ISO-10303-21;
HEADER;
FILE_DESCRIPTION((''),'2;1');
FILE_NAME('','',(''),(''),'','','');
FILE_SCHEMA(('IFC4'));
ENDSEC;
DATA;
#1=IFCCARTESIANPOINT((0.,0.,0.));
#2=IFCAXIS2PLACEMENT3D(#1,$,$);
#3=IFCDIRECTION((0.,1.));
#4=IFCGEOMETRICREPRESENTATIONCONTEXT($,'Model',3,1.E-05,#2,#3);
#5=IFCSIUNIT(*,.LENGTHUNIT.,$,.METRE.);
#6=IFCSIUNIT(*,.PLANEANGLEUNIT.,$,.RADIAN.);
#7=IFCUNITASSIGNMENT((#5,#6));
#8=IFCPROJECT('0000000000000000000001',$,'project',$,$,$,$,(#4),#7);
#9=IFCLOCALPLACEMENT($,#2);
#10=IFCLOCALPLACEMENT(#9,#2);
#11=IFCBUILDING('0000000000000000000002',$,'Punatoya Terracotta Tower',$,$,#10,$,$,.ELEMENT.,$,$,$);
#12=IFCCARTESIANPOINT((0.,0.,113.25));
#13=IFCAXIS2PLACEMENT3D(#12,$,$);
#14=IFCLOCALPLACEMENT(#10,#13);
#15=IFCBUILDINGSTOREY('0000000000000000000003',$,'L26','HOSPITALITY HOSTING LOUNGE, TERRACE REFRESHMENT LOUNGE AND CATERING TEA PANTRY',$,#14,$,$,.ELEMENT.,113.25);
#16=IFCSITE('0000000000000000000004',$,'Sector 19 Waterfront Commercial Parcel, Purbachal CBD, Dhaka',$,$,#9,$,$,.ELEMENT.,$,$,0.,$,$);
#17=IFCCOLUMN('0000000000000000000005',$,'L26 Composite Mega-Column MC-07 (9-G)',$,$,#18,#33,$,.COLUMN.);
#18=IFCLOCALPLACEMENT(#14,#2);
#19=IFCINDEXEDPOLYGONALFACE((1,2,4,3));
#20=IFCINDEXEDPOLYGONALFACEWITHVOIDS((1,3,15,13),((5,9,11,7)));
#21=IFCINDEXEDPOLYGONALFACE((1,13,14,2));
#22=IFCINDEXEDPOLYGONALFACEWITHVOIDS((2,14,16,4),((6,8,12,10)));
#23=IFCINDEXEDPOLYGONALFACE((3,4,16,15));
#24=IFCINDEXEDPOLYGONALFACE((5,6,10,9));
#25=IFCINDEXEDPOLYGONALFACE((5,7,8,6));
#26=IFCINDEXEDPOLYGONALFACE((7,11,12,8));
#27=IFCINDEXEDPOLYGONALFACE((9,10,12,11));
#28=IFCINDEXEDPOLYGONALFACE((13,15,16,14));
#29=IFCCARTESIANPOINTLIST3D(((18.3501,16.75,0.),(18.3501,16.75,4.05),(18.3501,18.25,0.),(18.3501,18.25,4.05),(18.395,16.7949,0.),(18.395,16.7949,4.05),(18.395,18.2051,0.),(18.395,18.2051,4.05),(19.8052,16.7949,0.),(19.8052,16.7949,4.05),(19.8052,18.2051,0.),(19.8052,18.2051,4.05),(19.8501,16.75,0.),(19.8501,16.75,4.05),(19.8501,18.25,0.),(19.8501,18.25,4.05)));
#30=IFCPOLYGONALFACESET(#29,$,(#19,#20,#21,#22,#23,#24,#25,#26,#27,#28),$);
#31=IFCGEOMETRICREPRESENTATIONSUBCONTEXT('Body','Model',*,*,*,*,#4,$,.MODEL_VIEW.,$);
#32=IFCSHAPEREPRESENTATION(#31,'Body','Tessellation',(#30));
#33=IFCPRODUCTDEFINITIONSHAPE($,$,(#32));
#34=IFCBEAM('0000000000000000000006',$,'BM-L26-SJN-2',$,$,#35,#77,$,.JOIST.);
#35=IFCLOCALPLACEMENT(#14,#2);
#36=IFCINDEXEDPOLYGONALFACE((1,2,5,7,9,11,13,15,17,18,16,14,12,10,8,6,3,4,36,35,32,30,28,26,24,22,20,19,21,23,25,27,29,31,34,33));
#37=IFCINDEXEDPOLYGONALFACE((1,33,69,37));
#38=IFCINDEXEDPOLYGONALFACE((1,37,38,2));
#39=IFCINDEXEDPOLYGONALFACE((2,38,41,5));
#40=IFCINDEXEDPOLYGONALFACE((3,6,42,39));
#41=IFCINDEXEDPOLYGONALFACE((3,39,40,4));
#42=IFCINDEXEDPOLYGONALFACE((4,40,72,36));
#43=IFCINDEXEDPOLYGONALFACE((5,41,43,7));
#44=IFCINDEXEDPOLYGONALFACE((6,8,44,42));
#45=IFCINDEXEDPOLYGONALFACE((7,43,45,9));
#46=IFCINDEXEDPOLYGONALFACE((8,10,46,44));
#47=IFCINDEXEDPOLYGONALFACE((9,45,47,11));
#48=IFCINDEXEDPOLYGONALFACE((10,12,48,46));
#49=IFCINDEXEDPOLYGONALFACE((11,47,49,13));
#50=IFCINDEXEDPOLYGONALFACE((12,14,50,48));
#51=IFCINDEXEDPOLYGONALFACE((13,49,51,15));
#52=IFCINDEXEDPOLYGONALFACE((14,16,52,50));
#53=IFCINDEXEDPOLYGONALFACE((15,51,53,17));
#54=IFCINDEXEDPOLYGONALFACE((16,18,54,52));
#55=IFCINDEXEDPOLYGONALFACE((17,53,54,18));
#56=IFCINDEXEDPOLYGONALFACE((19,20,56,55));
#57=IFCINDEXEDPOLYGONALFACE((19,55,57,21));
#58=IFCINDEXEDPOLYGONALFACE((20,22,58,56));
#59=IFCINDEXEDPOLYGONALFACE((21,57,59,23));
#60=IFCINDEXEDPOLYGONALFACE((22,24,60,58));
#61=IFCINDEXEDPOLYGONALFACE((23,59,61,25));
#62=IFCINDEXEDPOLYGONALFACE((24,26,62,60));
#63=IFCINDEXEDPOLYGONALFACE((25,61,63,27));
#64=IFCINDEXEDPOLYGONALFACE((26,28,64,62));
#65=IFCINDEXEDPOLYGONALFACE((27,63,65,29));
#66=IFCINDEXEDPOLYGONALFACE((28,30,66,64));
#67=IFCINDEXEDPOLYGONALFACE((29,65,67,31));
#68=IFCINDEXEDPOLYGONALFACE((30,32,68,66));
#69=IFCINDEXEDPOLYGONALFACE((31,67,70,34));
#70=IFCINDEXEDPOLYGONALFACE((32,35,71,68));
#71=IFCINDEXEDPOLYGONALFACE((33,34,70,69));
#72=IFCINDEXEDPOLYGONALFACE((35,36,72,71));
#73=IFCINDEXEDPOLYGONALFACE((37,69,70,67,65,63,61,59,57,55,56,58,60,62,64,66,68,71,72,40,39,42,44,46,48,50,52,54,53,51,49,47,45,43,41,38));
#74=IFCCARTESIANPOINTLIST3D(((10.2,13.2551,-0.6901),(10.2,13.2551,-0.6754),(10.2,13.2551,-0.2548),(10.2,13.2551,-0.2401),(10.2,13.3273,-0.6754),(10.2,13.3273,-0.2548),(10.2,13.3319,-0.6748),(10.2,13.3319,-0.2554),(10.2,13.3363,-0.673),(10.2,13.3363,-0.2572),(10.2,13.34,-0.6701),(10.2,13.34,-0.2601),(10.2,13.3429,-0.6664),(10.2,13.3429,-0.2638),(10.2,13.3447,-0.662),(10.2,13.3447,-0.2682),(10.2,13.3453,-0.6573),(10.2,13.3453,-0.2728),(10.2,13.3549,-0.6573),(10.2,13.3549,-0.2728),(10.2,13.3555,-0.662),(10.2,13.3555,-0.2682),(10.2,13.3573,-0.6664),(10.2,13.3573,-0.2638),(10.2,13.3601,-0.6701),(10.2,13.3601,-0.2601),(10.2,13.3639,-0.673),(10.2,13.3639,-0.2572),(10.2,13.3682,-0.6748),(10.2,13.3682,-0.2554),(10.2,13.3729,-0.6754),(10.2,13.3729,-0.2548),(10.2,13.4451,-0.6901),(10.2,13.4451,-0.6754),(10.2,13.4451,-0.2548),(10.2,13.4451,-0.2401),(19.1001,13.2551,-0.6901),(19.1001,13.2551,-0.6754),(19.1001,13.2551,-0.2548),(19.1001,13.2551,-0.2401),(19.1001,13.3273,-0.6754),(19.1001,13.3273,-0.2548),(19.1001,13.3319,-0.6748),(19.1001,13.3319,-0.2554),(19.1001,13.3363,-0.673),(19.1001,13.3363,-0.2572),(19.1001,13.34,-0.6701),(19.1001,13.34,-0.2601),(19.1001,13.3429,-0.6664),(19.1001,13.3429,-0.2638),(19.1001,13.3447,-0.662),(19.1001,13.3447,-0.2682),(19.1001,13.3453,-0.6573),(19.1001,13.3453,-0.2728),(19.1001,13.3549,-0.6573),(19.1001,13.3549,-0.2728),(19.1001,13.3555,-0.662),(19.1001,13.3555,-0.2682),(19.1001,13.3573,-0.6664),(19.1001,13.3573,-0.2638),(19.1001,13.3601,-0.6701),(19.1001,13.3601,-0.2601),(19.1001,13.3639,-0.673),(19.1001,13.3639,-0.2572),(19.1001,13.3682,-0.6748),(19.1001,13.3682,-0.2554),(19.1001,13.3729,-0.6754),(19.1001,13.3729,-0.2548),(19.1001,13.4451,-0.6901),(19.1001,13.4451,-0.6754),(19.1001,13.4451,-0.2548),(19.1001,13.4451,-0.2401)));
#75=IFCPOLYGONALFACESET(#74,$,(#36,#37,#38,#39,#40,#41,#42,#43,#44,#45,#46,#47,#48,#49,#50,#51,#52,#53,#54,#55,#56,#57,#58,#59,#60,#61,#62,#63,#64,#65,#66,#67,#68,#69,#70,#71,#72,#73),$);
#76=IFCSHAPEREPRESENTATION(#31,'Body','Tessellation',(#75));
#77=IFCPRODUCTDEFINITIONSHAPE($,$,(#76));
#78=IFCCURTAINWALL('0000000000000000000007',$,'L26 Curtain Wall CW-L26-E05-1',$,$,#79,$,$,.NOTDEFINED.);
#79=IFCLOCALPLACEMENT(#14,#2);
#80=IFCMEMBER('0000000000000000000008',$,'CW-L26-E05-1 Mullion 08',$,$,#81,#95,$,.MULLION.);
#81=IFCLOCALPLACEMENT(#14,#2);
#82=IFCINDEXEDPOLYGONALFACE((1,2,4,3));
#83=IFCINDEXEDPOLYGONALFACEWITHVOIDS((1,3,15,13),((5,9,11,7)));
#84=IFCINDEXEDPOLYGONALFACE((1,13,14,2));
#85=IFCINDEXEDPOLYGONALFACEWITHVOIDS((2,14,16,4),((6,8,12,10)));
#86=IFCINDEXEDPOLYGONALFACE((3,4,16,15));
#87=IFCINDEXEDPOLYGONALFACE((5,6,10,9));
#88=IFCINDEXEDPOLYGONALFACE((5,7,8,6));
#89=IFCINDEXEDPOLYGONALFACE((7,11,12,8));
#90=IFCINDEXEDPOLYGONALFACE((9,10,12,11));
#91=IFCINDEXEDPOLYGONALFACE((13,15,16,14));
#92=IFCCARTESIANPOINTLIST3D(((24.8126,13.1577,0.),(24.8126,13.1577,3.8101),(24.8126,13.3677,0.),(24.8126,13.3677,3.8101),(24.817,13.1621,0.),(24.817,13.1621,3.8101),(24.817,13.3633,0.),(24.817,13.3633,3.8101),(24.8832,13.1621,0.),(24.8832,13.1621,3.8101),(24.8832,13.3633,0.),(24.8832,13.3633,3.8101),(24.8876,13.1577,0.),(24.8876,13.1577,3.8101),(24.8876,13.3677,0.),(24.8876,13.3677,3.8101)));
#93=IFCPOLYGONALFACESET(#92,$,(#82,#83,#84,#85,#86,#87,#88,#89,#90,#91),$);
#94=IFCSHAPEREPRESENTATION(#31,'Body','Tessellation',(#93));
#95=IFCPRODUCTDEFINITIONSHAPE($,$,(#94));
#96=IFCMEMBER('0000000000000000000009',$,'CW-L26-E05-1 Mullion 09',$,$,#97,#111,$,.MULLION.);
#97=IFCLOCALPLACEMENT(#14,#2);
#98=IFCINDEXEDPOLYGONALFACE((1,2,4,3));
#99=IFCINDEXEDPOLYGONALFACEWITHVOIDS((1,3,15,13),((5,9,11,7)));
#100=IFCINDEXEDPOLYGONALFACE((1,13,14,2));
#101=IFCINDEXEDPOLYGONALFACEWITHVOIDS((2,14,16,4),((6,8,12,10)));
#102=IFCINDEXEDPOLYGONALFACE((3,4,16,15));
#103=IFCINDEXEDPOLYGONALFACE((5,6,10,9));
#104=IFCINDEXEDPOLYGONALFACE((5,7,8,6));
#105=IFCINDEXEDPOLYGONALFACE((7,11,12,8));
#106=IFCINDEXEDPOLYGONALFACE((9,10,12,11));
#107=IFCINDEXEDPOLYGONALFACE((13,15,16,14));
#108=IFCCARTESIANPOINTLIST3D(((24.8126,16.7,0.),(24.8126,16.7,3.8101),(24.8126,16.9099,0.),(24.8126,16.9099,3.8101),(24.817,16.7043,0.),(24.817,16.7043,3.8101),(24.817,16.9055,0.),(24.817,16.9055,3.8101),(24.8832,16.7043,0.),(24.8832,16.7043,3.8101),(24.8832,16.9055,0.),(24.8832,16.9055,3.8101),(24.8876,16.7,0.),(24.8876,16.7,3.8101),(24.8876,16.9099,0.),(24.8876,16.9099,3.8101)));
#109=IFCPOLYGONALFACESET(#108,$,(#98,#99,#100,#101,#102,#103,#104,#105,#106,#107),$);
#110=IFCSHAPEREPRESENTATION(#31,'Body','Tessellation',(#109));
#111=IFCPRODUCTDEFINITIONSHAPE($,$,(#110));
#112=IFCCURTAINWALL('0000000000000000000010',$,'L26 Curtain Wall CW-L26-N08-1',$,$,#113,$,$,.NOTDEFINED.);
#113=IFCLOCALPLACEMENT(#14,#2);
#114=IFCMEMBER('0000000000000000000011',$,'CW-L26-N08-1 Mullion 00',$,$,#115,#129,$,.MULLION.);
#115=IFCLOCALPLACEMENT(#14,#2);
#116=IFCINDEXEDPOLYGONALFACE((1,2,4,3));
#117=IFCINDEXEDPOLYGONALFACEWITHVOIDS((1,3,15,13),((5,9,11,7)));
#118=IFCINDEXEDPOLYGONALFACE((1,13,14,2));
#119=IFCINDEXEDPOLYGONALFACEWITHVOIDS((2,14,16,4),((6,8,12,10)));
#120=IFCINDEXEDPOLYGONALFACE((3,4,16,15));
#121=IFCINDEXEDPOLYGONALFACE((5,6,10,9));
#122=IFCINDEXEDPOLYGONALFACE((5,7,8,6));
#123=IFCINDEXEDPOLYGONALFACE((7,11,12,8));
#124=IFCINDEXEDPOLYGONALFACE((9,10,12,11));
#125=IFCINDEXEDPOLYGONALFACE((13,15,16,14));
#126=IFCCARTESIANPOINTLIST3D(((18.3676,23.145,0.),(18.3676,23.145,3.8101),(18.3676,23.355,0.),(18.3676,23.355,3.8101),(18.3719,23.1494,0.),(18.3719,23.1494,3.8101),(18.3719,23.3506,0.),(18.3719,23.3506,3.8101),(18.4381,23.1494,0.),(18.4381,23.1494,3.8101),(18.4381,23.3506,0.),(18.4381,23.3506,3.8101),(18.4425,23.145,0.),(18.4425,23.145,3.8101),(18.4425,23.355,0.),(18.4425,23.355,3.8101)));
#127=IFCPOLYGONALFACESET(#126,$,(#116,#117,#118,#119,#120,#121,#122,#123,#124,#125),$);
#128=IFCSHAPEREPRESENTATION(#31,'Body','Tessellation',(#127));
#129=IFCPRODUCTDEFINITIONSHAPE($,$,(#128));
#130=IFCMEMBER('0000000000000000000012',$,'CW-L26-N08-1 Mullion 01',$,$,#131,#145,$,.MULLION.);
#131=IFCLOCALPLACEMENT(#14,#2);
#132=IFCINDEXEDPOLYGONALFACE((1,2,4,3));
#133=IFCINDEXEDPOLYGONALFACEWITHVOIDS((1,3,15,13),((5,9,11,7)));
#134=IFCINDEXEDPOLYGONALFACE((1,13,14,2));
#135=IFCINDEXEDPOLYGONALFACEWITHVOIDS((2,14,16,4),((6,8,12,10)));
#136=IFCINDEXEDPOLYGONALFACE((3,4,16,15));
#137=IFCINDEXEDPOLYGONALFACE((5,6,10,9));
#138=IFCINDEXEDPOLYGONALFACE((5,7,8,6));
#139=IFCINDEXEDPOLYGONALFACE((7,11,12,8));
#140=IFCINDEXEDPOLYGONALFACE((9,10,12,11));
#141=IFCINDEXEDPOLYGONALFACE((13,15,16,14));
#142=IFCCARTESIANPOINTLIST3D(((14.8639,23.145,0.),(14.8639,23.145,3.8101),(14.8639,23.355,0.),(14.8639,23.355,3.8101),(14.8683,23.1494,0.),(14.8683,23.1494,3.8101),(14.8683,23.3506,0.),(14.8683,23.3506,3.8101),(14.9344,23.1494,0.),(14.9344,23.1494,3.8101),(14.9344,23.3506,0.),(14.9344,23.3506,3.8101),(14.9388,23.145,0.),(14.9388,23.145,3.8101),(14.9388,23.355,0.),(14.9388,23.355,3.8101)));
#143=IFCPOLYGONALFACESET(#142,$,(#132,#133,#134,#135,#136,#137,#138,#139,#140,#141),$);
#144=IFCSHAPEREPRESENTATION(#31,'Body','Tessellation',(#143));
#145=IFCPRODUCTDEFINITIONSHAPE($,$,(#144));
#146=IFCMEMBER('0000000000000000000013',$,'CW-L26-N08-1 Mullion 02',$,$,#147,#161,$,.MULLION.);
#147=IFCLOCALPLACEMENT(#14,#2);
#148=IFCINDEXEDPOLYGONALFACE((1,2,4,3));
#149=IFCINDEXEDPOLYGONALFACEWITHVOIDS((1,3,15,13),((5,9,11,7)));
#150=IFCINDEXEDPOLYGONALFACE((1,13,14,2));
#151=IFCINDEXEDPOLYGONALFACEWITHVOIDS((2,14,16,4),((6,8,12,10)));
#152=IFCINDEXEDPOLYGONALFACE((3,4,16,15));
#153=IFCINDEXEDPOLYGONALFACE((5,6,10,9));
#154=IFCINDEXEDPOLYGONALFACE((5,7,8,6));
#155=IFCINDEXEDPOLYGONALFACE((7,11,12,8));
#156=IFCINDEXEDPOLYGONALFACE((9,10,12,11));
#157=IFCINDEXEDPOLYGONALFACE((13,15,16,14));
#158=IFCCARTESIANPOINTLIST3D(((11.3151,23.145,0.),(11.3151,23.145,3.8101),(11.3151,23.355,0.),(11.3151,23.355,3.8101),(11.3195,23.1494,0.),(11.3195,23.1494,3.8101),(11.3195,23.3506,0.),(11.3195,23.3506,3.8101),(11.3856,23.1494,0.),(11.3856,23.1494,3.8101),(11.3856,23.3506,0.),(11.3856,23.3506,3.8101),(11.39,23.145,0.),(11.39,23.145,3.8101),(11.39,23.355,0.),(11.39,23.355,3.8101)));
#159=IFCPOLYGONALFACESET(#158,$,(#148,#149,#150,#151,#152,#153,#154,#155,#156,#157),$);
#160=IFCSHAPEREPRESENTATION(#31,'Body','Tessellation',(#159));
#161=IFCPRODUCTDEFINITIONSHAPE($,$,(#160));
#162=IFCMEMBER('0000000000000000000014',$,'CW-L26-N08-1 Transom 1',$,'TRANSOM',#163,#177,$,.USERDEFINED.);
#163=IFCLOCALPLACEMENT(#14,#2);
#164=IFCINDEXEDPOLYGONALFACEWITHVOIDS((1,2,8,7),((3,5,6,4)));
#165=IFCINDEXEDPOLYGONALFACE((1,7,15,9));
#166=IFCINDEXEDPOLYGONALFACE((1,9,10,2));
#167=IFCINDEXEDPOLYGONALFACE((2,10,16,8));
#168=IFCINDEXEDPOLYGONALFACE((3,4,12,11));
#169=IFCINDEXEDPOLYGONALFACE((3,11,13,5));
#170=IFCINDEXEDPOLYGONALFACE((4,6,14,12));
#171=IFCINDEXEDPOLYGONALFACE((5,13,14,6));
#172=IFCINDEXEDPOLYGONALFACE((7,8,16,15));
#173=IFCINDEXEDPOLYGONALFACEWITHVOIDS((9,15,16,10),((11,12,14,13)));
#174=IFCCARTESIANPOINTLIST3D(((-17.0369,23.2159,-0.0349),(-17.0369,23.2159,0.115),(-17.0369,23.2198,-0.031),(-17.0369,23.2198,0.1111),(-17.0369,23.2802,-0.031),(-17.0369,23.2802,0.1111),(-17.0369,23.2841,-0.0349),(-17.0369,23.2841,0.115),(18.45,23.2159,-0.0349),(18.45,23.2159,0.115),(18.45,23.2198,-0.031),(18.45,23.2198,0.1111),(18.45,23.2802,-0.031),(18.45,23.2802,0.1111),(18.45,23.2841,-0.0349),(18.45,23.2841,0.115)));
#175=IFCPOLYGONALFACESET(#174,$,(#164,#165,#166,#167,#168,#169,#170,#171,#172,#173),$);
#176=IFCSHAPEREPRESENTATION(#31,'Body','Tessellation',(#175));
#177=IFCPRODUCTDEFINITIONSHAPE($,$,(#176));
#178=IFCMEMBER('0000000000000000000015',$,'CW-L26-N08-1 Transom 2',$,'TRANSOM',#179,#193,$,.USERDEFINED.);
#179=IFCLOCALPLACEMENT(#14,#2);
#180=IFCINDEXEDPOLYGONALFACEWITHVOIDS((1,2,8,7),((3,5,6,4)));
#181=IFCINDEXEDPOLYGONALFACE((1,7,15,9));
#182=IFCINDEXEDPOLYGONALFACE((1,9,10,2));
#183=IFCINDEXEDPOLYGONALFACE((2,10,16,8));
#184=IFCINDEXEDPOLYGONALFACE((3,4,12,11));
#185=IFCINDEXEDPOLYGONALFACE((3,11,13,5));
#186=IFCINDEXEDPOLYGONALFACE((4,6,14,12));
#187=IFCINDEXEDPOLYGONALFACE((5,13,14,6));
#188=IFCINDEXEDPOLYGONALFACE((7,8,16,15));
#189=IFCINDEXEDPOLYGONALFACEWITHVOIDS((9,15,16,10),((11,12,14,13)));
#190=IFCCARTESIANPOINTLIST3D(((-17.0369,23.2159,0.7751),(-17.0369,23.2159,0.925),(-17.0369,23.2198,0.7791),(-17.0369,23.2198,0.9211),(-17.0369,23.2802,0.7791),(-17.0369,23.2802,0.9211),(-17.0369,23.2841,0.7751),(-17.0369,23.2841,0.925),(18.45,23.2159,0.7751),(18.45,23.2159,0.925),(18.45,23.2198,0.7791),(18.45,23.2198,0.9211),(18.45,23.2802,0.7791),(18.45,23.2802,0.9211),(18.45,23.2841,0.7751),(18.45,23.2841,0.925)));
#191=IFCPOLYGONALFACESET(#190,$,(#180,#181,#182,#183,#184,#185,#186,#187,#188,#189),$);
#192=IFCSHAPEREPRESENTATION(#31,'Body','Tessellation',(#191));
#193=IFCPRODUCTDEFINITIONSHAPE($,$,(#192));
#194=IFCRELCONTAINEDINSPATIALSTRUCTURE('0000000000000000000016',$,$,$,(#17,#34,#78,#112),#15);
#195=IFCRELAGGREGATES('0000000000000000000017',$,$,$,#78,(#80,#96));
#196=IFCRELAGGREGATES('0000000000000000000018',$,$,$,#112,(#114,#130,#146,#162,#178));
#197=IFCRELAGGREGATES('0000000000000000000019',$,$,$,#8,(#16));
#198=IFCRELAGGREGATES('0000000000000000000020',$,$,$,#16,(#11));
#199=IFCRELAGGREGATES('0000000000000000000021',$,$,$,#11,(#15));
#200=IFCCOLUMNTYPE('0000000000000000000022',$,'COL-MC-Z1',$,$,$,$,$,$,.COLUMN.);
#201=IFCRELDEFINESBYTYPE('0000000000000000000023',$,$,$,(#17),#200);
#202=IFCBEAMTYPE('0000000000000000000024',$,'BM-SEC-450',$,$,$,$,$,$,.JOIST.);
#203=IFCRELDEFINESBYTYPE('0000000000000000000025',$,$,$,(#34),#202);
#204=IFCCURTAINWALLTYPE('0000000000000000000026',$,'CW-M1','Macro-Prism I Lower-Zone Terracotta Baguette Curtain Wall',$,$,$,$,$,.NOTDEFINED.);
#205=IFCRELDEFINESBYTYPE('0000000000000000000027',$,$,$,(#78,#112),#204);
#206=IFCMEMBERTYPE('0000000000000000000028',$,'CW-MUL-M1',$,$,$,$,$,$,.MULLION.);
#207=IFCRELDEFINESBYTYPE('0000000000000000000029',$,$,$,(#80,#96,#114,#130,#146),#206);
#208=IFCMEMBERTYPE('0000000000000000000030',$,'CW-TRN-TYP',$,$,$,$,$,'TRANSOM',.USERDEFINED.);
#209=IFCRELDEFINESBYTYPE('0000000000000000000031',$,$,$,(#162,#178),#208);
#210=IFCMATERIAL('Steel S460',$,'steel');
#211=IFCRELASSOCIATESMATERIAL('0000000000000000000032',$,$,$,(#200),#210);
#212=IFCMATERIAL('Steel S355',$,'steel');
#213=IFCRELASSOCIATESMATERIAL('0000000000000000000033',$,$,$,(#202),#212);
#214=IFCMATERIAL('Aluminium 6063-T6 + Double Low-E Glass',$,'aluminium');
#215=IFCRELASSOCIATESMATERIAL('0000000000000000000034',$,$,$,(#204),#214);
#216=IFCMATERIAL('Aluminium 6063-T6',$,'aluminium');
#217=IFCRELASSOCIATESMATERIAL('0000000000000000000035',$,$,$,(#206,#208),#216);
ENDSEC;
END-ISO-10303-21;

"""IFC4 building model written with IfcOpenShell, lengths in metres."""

from ifc_helpers import new_model, si_unit, direction, frame, origin, origin_2d, place, context, subcontext, project, spatial, hollow_rectangle, i_section, extrude, material, material_profile, profile_set, type_object, element, aggregate, save


model = new_model("IFC4")

# Units and contexts
model_context = context("Model", 3, precision=1e-05, world=origin(), true_north=direction((0.0, 1.0)))
body_context = subcontext(model_context, "Body", "Model", "MODEL_VIEW")
ifc_project = project(units=[si_unit("LENGTHUNIT", "METRE"), si_unit("PLANEANGLEUNIT", "RADIAN")], contexts=[model_context])

# Site, building, storey
site_placement = place(None, origin())
site = spatial("IfcSite", under=ifc_project, at=site_placement, Name="Sector 19 Waterfront Commercial Parcel, Purbachal CBD, Dhaka", CompositionType="ELEMENT", RefElevation=0.0)
building_placement = place(site_placement, origin())
building = spatial("IfcBuilding", under=site, at=building_placement, Name="Punatoya Terracotta Tower", CompositionType="ELEMENT")
storey_placement = place(building_placement, frame((0.0, 0.0, 113.25)))
storey = spatial("IfcBuildingStorey", under=building, at=storey_placement, Name="L26", Description="HOSPITALITY HOSTING LOUNGE, TERRACE REFRESHMENT LOUNGE AND CATERING TEA PANTRY", CompositionType="ELEMENT", Elevation=113.25)

# Column
ifc_material_1 = material(Name="Steel S460", Category="steel")
ifc_material_profile_1 = material_profile(ifc_material_1, hollow_rectangle(XDim=1.5, YDim=1.5, WallThickness=0.0449, at=origin_2d()))
ifc_profile_set_1 = profile_set([ifc_material_profile_1], Name="Steel S460")
column_type = type_object("IfcColumnType", Name="COL-MC-Z1", PredefinedType="COLUMN", material=ifc_profile_set_1)
column_placement = place(storey_placement, frame((19.1001, 17.5, 0.0), z_axis=(0.0, 0.0, 1.0), x_axis=(1.0, 0.0, 0.0)))
element("IfcColumn", 1, at=column_placement, inside=storey, type_object=column_type, Name="L26 Composite Mega-Column MC-07 (9-G)", PredefinedType="COLUMN", context=body_context, shape_type="SweptSolid", body=[
    extrude(hollow_rectangle(XDim=1.5, YDim=1.5, WallThickness=0.0449, at=origin_2d()), origin(), (0.0, 0.0, 1.0), 4.05),
])

# Beam
ifc_material_2 = material(Name="Steel S355", Category="steel")
ifc_material_profile_2 = material_profile(ifc_material_2, i_section(OverallWidth=0.1899, OverallDepth=0.45, WebThickness=0.0095, FlangeThickness=0.0146, FilletRadius=0.0181, at=origin_2d()))
ifc_profile_set_2 = profile_set([ifc_material_profile_2], Name="Steel S355")
beam_type = type_object("IfcBeamType", Name="BM-SEC-450", PredefinedType="JOIST", material=ifc_profile_set_2)
beam_placement = place(storey_placement, frame((10.2, 13.3501, -0.4651), z_axis=(1.0, 0.0, 0.0), x_axis=(0.0, 1.0, 0.0)))
element("IfcBeam", 2, at=beam_placement, inside=storey, type_object=beam_type, Name="BM-L26-SJN-2", PredefinedType="JOIST", context=body_context, shape_type="SweptSolid", body=[
    extrude(i_section(OverallWidth=0.1899, OverallDepth=0.45, WebThickness=0.0095, FlangeThickness=0.0146, FilletRadius=0.0181, at=origin_2d()), origin(), (0.0, 0.0, 1.0), 8.9001),
])

# Curtain walls, members
ifc_material_3 = material(Name="Aluminium 6063-T6 + Double Low-E Glass", Category="aluminium")
curtain_wall_type = type_object("IfcCurtainWallType", Name="CW-M1", Description="Macro-Prism I Lower-Zone Terracotta Baguette Curtain Wall", PredefinedType="NOTDEFINED", material=ifc_material_3)
curtain_wall_1_placement = place(storey_placement, origin())
curtain_wall_1 = element("IfcCurtainWall", 3, at=curtain_wall_1_placement, inside=storey, type_object=curtain_wall_type, Name="L26 Curtain Wall CW-L26-E05-1", PredefinedType="NOTDEFINED")
ifc_material_4 = material(Name="Aluminium 6063-T6", Category="aluminium")
ifc_material_profile_3 = material_profile(ifc_material_4, hollow_rectangle(XDim=0.075, YDim=0.21, WallThickness=0.0044, at=origin_2d()))
ifc_profile_set_3 = profile_set([ifc_material_profile_3], Name="Aluminium 6063-T6")
member_type_1 = type_object("IfcMemberType", Name="CW-MUL-M1", PredefinedType="MULLION", material=ifc_profile_set_3)
member_1_placement = place(storey_placement, frame((24.8501, 13.2627, 0.0), z_axis=(0.0, 0.0, 1.0), x_axis=(1.0, 0.0, 0.0)))
member_1 = element("IfcMember", 4, at=member_1_placement, type_object=member_type_1, Name="CW-L26-E05-1 Mullion 08", PredefinedType="MULLION", context=body_context, shape_type="SweptSolid", body=[
    extrude(hollow_rectangle(XDim=0.075, YDim=0.21, WallThickness=0.0044, at=origin_2d()), origin(), (0.0, 0.0, 1.0), 3.8101),
])
member_2_placement = place(storey_placement, frame((24.8501, 16.8049, 0.0), z_axis=(0.0, 0.0, 1.0), x_axis=(1.0, 0.0, 0.0)))
member_2 = element("IfcMember", 5, at=member_2_placement, type_object=member_type_1, Name="CW-L26-E05-1 Mullion 09", PredefinedType="MULLION", context=body_context, shape_type="SweptSolid", body=[
    extrude(hollow_rectangle(XDim=0.075, YDim=0.21, WallThickness=0.0044, at=origin_2d()), origin(), (0.0, 0.0, 1.0), 3.8101),
])
curtain_wall_2_placement = place(storey_placement, origin())
curtain_wall_2 = element("IfcCurtainWall", 6, at=curtain_wall_2_placement, inside=storey, type_object=curtain_wall_type, Name="L26 Curtain Wall CW-L26-N08-1", PredefinedType="NOTDEFINED")
member_3_placement = place(storey_placement, frame((18.405, 23.25, 0.0), z_axis=(0.0, 0.0, 1.0), x_axis=(1.0, 0.0, 0.0)))
member_3 = element("IfcMember", 7, at=member_3_placement, type_object=member_type_1, Name="CW-L26-N08-1 Mullion 00", PredefinedType="MULLION", context=body_context, shape_type="SweptSolid", body=[
    extrude(hollow_rectangle(XDim=0.075, YDim=0.21, WallThickness=0.0044, at=origin_2d()), origin(), (0.0, 0.0, 1.0), 3.8101),
])
member_4_placement = place(storey_placement, frame((14.9014, 23.25, 0.0), z_axis=(0.0, 0.0, 1.0), x_axis=(1.0, 0.0, 0.0)))
member_4 = element("IfcMember", 8, at=member_4_placement, type_object=member_type_1, Name="CW-L26-N08-1 Mullion 01", PredefinedType="MULLION", context=body_context, shape_type="SweptSolid", body=[
    extrude(hollow_rectangle(XDim=0.075, YDim=0.21, WallThickness=0.0044, at=origin_2d()), origin(), (0.0, 0.0, 1.0), 3.8101),
])
member_5_placement = place(storey_placement, frame((11.3525, 23.25, 0.0), z_axis=(0.0, 0.0, 1.0), x_axis=(1.0, 0.0, 0.0)))
member_5 = element("IfcMember", 9, at=member_5_placement, type_object=member_type_1, Name="CW-L26-N08-1 Mullion 02", PredefinedType="MULLION", context=body_context, shape_type="SweptSolid", body=[
    extrude(hollow_rectangle(XDim=0.075, YDim=0.21, WallThickness=0.0044, at=origin_2d()), origin(), (0.0, 0.0, 1.0), 3.8101),
])
ifc_material_profile_4 = material_profile(ifc_material_4, hollow_rectangle(XDim=0.0681, YDim=0.1499, WallThickness=0.0039, at=origin_2d()))
ifc_profile_set_4 = profile_set([ifc_material_profile_4], Name="Aluminium 6063-T6")
member_type_2 = type_object("IfcMemberType", Name="CW-TRN-TYP", ElementType="TRANSOM", PredefinedType="USERDEFINED", material=ifc_profile_set_4)
member_6_placement = place(storey_placement, frame((18.45, 23.25, 0.04), z_axis=(-1.0, 0.0, 0.0), x_axis=(0.0, -1.0, 0.0)))
member_6 = element("IfcMember", 10, at=member_6_placement, type_object=member_type_2, Name="CW-L26-N08-1 Transom 1", ObjectType="TRANSOM", PredefinedType="USERDEFINED", context=body_context, shape_type="SweptSolid", body=[
    extrude(hollow_rectangle(XDim=0.0681, YDim=0.1499, WallThickness=0.0039, at=origin_2d()), origin(), (0.0, 0.0, 1.0), 35.4868),
])
member_7_placement = place(storey_placement, frame((18.45, 23.25, 0.8501), z_axis=(-1.0, 0.0, 0.0), x_axis=(0.0, -1.0, 0.0)))
member_7 = element("IfcMember", 11, at=member_7_placement, type_object=member_type_2, Name="CW-L26-N08-1 Transom 2", ObjectType="TRANSOM", PredefinedType="USERDEFINED", context=body_context, shape_type="SweptSolid", body=[
    extrude(hollow_rectangle(XDim=0.0681, YDim=0.1499, WallThickness=0.0039, at=origin_2d()), origin(), (0.0, 0.0, 1.0), 35.4868),
])

aggregate(curtain_wall_1, [member_1, member_2])
aggregate(curtain_wall_2, [member_3, member_4, member_5, member_6, member_7])

save(model, "model.ifc")
